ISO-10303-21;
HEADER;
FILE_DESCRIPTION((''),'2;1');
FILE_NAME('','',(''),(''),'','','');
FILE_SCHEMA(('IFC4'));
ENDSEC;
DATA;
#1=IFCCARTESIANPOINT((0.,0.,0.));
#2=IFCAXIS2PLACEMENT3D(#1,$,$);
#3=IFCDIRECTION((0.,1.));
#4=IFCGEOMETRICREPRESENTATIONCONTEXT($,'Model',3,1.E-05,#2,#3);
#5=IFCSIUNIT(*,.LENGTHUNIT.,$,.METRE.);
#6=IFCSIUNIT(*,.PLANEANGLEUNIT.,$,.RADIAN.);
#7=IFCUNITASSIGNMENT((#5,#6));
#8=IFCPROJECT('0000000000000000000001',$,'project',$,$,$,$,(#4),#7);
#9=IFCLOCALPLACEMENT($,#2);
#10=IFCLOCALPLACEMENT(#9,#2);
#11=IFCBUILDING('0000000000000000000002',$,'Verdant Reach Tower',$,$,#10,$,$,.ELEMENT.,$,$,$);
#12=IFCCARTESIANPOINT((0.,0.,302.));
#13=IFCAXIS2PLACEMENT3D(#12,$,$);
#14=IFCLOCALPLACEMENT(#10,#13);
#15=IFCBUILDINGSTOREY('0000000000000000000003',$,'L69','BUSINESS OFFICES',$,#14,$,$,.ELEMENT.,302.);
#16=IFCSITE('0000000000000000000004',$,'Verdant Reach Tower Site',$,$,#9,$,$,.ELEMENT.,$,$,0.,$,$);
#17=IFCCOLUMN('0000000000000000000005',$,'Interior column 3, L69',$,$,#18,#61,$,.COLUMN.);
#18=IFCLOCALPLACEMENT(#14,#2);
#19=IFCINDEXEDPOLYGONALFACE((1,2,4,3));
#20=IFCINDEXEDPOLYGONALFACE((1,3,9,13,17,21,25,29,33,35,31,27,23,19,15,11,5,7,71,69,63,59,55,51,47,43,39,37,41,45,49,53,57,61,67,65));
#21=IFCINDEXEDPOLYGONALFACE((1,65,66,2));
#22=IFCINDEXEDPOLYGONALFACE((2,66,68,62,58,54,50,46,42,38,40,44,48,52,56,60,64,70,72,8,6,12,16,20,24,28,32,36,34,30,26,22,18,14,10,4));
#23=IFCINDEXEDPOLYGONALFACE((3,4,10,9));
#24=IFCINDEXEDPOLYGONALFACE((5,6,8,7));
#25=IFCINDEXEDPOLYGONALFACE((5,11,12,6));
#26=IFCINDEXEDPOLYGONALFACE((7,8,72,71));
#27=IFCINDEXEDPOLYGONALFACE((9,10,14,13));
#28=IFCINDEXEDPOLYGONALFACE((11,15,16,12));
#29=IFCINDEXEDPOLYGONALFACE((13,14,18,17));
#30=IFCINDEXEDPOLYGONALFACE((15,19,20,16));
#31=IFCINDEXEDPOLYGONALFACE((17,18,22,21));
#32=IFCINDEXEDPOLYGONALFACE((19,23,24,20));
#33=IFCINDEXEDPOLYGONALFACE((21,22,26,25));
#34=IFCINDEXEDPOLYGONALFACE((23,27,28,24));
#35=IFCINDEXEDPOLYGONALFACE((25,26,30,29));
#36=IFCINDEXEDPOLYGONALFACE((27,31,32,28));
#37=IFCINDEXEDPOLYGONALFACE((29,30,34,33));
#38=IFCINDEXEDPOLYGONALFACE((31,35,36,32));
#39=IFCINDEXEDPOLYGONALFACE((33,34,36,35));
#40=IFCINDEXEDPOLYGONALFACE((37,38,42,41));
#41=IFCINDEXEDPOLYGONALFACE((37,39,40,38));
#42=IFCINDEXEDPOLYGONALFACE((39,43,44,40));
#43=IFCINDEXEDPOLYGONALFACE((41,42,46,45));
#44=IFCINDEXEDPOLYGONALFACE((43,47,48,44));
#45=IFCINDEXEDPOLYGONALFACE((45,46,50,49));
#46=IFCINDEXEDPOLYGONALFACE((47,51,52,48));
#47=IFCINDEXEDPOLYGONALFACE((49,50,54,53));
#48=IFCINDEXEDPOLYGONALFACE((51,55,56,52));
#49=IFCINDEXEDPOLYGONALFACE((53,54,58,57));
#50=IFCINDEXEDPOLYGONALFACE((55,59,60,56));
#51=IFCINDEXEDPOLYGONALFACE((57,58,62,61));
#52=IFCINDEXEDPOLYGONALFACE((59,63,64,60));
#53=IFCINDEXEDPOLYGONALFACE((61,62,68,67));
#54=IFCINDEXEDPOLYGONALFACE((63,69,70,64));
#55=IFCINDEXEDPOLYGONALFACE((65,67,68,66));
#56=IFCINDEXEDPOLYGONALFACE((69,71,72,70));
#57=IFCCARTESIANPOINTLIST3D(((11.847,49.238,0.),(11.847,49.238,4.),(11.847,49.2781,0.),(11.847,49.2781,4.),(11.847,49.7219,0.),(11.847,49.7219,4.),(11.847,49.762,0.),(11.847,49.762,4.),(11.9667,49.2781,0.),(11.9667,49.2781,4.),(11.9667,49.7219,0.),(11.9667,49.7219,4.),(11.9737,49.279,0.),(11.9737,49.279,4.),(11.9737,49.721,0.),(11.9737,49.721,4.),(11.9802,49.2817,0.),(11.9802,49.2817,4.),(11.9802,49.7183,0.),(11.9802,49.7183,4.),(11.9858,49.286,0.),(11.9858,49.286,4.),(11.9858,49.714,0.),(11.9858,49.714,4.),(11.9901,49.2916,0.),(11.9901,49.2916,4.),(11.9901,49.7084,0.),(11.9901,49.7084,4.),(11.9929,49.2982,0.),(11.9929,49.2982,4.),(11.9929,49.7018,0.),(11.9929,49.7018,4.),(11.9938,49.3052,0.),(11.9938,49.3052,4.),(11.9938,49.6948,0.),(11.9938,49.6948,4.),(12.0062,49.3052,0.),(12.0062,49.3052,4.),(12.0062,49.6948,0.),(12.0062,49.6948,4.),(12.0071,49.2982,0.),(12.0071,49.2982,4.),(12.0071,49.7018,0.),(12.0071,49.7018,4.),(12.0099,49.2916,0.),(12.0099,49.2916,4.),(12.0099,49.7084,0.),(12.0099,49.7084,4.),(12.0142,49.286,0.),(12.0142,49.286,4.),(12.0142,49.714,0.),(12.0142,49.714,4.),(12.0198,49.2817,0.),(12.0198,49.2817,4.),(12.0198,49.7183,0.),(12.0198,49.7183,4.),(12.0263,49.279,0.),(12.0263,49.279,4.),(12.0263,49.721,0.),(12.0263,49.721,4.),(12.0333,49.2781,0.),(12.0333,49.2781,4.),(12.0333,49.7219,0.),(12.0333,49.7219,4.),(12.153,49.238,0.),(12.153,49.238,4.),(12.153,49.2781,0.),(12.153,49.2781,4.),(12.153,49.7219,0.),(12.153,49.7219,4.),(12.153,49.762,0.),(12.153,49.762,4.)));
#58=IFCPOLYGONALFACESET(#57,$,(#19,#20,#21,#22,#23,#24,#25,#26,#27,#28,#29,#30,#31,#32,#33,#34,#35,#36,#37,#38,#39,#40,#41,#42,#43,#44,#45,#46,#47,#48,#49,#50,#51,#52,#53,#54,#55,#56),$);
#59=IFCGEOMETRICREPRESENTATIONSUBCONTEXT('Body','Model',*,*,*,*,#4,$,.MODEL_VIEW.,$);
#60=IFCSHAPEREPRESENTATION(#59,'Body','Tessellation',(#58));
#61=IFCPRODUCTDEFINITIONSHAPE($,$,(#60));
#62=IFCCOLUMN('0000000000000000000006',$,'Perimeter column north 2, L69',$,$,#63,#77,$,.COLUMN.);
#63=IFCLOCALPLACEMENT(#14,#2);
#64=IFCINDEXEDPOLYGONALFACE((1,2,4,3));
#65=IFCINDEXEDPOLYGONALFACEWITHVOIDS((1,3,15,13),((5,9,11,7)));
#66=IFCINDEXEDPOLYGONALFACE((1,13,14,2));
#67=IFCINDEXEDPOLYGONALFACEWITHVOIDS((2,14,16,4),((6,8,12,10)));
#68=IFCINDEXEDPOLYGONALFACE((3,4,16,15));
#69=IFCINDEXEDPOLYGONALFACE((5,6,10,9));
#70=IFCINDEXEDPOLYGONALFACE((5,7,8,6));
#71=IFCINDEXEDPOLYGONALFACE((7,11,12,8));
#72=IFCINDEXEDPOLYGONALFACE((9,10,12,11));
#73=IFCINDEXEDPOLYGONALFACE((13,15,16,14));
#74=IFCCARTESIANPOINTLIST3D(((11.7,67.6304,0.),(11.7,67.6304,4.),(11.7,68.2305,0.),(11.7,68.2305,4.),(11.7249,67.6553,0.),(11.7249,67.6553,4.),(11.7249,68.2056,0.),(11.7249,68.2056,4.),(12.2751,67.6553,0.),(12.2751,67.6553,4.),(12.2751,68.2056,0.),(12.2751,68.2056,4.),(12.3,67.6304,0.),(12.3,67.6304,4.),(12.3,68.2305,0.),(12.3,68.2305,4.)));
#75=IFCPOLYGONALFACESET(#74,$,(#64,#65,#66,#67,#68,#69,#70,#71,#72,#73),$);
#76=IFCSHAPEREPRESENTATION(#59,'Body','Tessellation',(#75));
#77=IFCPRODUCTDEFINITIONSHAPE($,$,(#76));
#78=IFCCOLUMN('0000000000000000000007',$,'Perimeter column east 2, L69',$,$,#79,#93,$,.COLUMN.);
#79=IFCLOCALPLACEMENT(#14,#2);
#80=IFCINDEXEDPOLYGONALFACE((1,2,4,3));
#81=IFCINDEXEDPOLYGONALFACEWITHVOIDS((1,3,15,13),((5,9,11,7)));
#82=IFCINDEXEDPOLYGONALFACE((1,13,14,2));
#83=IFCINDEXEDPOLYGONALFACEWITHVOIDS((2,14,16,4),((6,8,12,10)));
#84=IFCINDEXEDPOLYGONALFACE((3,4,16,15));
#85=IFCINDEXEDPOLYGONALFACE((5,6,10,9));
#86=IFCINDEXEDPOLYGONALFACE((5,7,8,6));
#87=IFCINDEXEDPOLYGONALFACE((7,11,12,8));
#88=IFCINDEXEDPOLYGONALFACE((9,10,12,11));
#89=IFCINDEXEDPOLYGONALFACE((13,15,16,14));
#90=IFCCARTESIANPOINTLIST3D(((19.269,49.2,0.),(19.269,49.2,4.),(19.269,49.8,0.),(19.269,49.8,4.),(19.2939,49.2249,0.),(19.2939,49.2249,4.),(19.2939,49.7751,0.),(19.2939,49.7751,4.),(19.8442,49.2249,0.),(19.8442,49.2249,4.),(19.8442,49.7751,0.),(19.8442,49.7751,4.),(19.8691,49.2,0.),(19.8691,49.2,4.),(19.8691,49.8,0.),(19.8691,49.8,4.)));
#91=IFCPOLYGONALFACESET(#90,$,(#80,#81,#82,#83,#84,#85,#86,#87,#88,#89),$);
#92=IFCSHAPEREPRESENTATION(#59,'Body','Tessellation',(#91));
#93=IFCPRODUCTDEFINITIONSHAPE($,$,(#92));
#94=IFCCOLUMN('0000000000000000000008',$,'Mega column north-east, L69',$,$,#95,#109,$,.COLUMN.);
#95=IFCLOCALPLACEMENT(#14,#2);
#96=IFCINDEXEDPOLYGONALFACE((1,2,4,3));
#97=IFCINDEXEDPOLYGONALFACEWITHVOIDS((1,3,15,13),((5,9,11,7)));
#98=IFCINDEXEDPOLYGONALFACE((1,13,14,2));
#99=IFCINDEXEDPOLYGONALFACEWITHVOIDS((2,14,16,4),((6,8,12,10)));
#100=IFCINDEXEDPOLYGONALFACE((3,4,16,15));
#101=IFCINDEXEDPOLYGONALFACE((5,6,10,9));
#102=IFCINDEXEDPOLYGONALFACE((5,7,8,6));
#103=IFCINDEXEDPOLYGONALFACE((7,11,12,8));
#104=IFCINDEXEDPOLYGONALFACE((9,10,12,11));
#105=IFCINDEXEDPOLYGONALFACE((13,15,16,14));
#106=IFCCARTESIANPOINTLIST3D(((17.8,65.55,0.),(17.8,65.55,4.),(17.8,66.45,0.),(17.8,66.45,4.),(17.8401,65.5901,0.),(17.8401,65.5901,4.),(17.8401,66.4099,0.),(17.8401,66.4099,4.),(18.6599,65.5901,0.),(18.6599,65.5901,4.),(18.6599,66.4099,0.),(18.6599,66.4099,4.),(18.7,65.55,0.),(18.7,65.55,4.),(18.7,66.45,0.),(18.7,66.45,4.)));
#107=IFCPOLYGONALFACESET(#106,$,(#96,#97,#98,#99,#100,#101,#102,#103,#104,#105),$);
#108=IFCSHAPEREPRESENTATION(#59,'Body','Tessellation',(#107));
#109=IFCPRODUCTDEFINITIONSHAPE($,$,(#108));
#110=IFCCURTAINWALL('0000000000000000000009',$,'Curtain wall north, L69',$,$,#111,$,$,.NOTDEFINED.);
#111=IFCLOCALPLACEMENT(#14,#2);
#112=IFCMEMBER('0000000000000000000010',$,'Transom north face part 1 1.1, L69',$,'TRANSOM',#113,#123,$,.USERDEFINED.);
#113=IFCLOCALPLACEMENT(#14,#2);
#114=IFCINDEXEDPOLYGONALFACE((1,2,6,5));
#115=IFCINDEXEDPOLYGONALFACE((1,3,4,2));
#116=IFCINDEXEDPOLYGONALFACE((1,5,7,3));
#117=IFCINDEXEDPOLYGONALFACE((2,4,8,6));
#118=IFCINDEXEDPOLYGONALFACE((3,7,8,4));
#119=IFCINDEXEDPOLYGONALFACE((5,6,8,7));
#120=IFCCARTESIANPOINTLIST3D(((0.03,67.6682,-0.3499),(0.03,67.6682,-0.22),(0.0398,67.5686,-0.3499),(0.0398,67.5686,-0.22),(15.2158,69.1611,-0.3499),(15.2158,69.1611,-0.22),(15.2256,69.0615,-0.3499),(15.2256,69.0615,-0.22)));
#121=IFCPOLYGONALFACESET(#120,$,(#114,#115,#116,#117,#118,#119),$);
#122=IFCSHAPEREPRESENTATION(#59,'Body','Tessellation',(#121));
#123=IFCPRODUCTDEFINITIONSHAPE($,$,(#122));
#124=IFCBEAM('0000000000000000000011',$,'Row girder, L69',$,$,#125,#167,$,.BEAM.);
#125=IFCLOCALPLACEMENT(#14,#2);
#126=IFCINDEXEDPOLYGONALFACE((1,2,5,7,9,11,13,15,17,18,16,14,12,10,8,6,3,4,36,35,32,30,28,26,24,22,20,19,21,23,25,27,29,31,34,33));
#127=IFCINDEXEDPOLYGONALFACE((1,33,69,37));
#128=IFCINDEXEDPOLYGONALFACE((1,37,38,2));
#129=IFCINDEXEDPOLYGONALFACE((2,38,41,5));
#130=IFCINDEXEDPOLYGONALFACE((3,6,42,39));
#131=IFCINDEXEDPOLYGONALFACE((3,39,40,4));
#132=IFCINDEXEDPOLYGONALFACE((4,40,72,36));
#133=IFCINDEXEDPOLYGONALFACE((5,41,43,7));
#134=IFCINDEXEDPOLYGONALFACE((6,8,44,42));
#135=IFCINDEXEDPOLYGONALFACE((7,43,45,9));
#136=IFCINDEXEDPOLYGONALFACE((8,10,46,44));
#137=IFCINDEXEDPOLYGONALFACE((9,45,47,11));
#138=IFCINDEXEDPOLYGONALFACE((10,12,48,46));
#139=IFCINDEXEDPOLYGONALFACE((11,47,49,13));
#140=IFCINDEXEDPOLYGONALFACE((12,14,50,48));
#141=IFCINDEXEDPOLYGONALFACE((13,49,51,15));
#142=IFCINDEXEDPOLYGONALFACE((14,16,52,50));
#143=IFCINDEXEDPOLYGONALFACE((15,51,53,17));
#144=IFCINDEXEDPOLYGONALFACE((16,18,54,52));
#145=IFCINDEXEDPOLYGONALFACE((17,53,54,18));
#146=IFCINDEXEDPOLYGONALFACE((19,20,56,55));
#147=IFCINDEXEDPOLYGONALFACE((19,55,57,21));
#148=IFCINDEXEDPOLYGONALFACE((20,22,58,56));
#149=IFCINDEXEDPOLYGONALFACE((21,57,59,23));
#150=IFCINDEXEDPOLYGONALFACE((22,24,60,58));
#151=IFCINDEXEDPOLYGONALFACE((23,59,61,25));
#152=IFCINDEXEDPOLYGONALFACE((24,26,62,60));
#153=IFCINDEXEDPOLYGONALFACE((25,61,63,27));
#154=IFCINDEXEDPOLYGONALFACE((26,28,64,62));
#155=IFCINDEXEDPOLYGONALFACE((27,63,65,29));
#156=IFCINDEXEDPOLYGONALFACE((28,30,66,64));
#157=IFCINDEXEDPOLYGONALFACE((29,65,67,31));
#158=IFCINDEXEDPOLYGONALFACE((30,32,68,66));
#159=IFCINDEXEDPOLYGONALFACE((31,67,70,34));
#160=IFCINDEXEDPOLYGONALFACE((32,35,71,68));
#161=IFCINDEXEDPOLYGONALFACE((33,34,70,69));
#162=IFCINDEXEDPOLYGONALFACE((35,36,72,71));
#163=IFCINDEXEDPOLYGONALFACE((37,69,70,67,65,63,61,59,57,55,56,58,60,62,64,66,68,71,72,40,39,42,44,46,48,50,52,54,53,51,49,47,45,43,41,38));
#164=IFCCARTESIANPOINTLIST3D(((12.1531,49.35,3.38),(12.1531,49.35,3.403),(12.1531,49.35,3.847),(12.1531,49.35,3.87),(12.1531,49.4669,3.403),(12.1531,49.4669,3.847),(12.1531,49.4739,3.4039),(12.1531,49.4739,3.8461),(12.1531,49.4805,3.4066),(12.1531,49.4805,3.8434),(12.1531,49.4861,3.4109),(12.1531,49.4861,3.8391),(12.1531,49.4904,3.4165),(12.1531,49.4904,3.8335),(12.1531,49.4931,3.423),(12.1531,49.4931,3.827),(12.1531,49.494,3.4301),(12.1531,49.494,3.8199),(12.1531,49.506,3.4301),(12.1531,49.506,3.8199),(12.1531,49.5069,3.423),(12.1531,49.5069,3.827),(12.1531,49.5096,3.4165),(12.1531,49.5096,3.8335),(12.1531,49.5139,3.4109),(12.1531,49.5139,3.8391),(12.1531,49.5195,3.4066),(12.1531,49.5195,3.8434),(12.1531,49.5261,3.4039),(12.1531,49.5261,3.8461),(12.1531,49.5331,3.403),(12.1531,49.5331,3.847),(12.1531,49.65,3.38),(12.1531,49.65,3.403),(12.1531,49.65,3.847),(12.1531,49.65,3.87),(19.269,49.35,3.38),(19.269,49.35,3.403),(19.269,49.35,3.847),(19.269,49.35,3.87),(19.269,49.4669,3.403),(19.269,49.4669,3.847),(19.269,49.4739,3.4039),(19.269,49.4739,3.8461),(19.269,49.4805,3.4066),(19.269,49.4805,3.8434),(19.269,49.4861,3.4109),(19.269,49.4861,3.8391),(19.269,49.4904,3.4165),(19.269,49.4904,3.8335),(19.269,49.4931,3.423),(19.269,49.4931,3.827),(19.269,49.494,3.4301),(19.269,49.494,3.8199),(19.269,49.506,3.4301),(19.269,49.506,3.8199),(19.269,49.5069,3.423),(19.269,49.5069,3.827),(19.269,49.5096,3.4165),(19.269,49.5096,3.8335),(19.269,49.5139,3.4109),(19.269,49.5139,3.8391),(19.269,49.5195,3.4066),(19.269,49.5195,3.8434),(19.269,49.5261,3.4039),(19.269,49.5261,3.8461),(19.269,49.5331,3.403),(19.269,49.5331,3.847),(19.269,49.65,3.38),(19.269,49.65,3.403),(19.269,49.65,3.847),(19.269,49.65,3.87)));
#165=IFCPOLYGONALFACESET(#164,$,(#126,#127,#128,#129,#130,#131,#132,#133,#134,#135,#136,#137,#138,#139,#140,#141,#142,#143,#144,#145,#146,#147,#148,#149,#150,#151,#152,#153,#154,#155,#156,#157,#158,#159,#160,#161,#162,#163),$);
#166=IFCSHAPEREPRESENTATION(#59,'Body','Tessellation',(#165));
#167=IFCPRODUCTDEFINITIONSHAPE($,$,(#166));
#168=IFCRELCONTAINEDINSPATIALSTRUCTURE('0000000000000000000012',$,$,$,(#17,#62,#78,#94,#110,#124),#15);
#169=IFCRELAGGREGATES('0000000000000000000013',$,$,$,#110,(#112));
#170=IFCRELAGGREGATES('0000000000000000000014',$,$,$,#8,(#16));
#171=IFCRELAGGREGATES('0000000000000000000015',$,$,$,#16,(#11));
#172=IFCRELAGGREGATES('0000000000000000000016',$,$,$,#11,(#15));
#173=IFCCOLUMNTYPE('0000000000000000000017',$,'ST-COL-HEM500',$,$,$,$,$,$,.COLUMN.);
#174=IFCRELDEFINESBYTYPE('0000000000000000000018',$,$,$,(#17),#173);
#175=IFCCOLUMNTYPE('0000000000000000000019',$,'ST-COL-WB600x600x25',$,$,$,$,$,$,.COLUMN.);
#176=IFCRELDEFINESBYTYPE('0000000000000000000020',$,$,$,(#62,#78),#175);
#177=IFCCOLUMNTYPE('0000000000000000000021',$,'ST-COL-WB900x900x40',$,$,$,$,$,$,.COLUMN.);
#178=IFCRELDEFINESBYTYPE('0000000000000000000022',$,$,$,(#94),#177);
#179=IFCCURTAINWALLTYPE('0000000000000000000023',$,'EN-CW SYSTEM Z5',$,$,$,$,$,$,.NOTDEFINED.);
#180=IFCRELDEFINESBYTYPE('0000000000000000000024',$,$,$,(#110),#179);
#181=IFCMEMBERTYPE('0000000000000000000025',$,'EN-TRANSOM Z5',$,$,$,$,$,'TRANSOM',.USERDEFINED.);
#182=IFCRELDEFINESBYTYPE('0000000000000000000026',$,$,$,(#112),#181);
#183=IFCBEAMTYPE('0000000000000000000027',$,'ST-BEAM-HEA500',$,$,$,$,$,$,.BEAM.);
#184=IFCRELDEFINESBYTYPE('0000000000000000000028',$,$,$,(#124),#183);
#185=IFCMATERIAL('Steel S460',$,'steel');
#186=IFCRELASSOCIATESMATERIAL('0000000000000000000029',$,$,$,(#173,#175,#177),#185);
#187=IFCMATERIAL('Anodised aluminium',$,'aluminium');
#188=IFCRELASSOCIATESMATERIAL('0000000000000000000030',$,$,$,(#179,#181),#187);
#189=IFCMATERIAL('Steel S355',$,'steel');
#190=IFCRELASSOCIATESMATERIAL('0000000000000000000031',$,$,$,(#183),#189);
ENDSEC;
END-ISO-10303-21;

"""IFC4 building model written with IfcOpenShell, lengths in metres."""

from ifc_helpers import new_model, si_unit, direction, frame, origin, origin_2d, place, context, subcontext, project, spatial, rectangle, hollow_rectangle, i_section, extrude, material, material_profile, profile_set, type_object, element, aggregate, save


model = new_model("IFC4")

# Units and contexts
model_context = context("Model", 3, precision=1e-05, world=origin(), true_north=direction((0.0, 1.0)))
body_context = subcontext(model_context, "Body", "Model", "MODEL_VIEW")
ifc_project = project(units=[si_unit("LENGTHUNIT", "METRE"), si_unit("PLANEANGLEUNIT", "RADIAN")], contexts=[model_context])

# Site, building, storey
site_placement = place(None, origin())
site = spatial("IfcSite", under=ifc_project, at=site_placement, Name="Verdant Reach Tower Site", CompositionType="ELEMENT", RefElevation=0.0)
building_placement = place(site_placement, origin())
building = spatial("IfcBuilding", under=site, at=building_placement, Name="Verdant Reach Tower", CompositionType="ELEMENT")
storey_placement = place(building_placement, frame((0.0, 0.0, 302.0)))
storey = spatial("IfcBuildingStorey", under=building, at=storey_placement, Name="L69", Description="BUSINESS OFFICES", CompositionType="ELEMENT", Elevation=302.0)

# Columns
ifc_material_1 = material(Name="Steel S460", Category="steel")
ifc_material_profile_1 = material_profile(ifc_material_1, i_section(OverallWidth=0.3059, OverallDepth=0.5239, WebThickness=0.0125, FlangeThickness=0.04, FilletRadius=0.0271, at=origin_2d()), Name="HEM 500")
ifc_profile_set_1 = profile_set([ifc_material_profile_1], Name="Steel S460")
column_type_1 = type_object("IfcColumnType", Name="ST-COL-HEM500", PredefinedType="COLUMN", material=ifc_profile_set_1)
column_1_placement = place(storey_placement, frame((12.0, 49.5, 0.0), z_axis=(0.0, 0.0, 1.0), x_axis=(1.0, 0.0, 0.0)))
element("IfcColumn", 1, at=column_1_placement, inside=storey, type_object=column_type_1, Name="Interior column 3, L69", PredefinedType="COLUMN", context=body_context, shape_type="SweptSolid", body=[
    extrude(i_section(OverallWidth=0.3059, OverallDepth=0.5239, WebThickness=0.0125, FlangeThickness=0.04, FilletRadius=0.0271, at=origin_2d()), origin(), (0.0, 0.0, 1.0), 4.0),
])
ifc_material_profile_2 = material_profile(ifc_material_1, hollow_rectangle(XDim=0.6001, YDim=0.6001, WallThickness=0.0249, at=origin_2d()), Name="WB 600x600x25")
ifc_profile_set_2 = profile_set([ifc_material_profile_2], Name="Steel S460")
column_type_2 = type_object("IfcColumnType", Name="ST-COL-WB600x600x25", PredefinedType="COLUMN", material=ifc_profile_set_2)
for number, where, z_axis, x_axis, name in (
    (2, (12.0, 67.9304, 0.0), (0.0, 0.0, 1.0), (1.0, 0.0, 0.0), "Perimeter column north 2, L69"),
    (3, (19.5691, 49.5, 0.0), (0.0, 0.0, 1.0), (1.0, 0.0, 0.0), "Perimeter column east 2, L69"),
):
    element("IfcColumn", number, at=place(storey_placement, frame(where, z_axis=z_axis, x_axis=x_axis)), inside=storey, type_object=column_type_2, Name=name, PredefinedType="COLUMN", context=body_context, shape_type="SweptSolid", body=[
        extrude(hollow_rectangle(XDim=0.6001, YDim=0.6001, WallThickness=0.0249, at=origin_2d()), origin(), (0.0, 0.0, 1.0), 4.0),
    ])
ifc_material_profile_3 = material_profile(ifc_material_1, hollow_rectangle(XDim=0.8999, YDim=0.8999, WallThickness=0.04, at=origin_2d()), Name="WB 900x900x40")
ifc_profile_set_3 = profile_set([ifc_material_profile_3], Name="Steel S460")
column_type_3 = type_object("IfcColumnType", Name="ST-COL-WB900x900x40", PredefinedType="COLUMN", material=ifc_profile_set_3)
column_2_placement = place(storey_placement, frame((18.25, 66.0, 0.0), z_axis=(0.0, 0.0, 1.0), x_axis=(1.0, 0.0, 0.0)))
element("IfcColumn", 4, at=column_2_placement, inside=storey, type_object=column_type_3, Name="Mega column north-east, L69", PredefinedType="COLUMN", context=body_context, shape_type="SweptSolid", body=[
    extrude(hollow_rectangle(XDim=0.8999, YDim=0.8999, WallThickness=0.04, at=origin_2d()), origin(), (0.0, 0.0, 1.0), 4.0),
])

# Curtain wall, member
ifc_material_2 = material(Name="Anodised aluminium", Category="aluminium")
curtain_wall_type = type_object("IfcCurtainWallType", Name="EN-CW SYSTEM Z5", PredefinedType="NOTDEFINED", material=ifc_material_2)
curtain_wall_1_placement = place(storey_placement, origin())
curtain_wall_1 = element("IfcCurtainWall", 5, at=curtain_wall_1_placement, inside=storey, type_object=curtain_wall_type, Name="Curtain wall north, L69", PredefinedType="NOTDEFINED")
ifc_material_profile_4 = material_profile(ifc_material_2, rectangle(XDim=0.1001, YDim=0.1299, at=origin_2d()), Name="Transom 130x100")
ifc_profile_set_4 = profile_set([ifc_material_profile_4], Name="Anodised aluminium")
member_type = type_object("IfcMemberType", Name="EN-TRANSOM Z5", ElementType="TRANSOM", PredefinedType="USERDEFINED", material=ifc_profile_set_4)
member_placement = place(storey_placement, frame((15.2207, 69.1113, -0.2849), z_axis=(-0.995202, -0.097839, 0.0), x_axis=(0.097839, -0.995202, 0.0)))
member = element("IfcMember", 6, at=member_placement, type_object=member_type, Name="Transom north face part 1 1.1, L69", ObjectType="TRANSOM", PredefinedType="USERDEFINED", context=body_context, shape_type="SweptSolid", body=[
    extrude(rectangle(XDim=0.1001, YDim=0.1299, at=origin_2d()), origin(), (0.0, 0.0, 1.0), 15.259),
])

# Beam
ifc_material_3 = material(Name="Steel S355", Category="steel")
ifc_material_profile_5 = material_profile(ifc_material_3, i_section(OverallWidth=0.3, OverallDepth=0.49, WebThickness=0.012, FlangeThickness=0.0229, FilletRadius=0.0271, at=origin_2d()), Name="HEA 500")
ifc_profile_set_5 = profile_set([ifc_material_profile_5], Name="Steel S355")
beam_type_1 = type_object("IfcBeamType", Name="ST-BEAM-HEA500", PredefinedType="BEAM", material=ifc_profile_set_5)
beam_1_placement = place(storey_placement, frame((12.1531, 49.5, 3.625), z_axis=(1.0, 0.0, 0.0), x_axis=(0.0, 1.0, 0.0)))
element("IfcBeam", 7, at=beam_1_placement, inside=storey, type_object=beam_type_1, Name="Row girder, L69", PredefinedType="BEAM", context=body_context, shape_type="SweptSolid", body=[
    extrude(i_section(OverallWidth=0.3, OverallDepth=0.49, WebThickness=0.012, FlangeThickness=0.0229, FilletRadius=0.0271, at=origin_2d()), origin(), (0.0, 0.0, 1.0), 7.116),
])

aggregate(curtain_wall_1, [member])

save(model, "model.ifc")
